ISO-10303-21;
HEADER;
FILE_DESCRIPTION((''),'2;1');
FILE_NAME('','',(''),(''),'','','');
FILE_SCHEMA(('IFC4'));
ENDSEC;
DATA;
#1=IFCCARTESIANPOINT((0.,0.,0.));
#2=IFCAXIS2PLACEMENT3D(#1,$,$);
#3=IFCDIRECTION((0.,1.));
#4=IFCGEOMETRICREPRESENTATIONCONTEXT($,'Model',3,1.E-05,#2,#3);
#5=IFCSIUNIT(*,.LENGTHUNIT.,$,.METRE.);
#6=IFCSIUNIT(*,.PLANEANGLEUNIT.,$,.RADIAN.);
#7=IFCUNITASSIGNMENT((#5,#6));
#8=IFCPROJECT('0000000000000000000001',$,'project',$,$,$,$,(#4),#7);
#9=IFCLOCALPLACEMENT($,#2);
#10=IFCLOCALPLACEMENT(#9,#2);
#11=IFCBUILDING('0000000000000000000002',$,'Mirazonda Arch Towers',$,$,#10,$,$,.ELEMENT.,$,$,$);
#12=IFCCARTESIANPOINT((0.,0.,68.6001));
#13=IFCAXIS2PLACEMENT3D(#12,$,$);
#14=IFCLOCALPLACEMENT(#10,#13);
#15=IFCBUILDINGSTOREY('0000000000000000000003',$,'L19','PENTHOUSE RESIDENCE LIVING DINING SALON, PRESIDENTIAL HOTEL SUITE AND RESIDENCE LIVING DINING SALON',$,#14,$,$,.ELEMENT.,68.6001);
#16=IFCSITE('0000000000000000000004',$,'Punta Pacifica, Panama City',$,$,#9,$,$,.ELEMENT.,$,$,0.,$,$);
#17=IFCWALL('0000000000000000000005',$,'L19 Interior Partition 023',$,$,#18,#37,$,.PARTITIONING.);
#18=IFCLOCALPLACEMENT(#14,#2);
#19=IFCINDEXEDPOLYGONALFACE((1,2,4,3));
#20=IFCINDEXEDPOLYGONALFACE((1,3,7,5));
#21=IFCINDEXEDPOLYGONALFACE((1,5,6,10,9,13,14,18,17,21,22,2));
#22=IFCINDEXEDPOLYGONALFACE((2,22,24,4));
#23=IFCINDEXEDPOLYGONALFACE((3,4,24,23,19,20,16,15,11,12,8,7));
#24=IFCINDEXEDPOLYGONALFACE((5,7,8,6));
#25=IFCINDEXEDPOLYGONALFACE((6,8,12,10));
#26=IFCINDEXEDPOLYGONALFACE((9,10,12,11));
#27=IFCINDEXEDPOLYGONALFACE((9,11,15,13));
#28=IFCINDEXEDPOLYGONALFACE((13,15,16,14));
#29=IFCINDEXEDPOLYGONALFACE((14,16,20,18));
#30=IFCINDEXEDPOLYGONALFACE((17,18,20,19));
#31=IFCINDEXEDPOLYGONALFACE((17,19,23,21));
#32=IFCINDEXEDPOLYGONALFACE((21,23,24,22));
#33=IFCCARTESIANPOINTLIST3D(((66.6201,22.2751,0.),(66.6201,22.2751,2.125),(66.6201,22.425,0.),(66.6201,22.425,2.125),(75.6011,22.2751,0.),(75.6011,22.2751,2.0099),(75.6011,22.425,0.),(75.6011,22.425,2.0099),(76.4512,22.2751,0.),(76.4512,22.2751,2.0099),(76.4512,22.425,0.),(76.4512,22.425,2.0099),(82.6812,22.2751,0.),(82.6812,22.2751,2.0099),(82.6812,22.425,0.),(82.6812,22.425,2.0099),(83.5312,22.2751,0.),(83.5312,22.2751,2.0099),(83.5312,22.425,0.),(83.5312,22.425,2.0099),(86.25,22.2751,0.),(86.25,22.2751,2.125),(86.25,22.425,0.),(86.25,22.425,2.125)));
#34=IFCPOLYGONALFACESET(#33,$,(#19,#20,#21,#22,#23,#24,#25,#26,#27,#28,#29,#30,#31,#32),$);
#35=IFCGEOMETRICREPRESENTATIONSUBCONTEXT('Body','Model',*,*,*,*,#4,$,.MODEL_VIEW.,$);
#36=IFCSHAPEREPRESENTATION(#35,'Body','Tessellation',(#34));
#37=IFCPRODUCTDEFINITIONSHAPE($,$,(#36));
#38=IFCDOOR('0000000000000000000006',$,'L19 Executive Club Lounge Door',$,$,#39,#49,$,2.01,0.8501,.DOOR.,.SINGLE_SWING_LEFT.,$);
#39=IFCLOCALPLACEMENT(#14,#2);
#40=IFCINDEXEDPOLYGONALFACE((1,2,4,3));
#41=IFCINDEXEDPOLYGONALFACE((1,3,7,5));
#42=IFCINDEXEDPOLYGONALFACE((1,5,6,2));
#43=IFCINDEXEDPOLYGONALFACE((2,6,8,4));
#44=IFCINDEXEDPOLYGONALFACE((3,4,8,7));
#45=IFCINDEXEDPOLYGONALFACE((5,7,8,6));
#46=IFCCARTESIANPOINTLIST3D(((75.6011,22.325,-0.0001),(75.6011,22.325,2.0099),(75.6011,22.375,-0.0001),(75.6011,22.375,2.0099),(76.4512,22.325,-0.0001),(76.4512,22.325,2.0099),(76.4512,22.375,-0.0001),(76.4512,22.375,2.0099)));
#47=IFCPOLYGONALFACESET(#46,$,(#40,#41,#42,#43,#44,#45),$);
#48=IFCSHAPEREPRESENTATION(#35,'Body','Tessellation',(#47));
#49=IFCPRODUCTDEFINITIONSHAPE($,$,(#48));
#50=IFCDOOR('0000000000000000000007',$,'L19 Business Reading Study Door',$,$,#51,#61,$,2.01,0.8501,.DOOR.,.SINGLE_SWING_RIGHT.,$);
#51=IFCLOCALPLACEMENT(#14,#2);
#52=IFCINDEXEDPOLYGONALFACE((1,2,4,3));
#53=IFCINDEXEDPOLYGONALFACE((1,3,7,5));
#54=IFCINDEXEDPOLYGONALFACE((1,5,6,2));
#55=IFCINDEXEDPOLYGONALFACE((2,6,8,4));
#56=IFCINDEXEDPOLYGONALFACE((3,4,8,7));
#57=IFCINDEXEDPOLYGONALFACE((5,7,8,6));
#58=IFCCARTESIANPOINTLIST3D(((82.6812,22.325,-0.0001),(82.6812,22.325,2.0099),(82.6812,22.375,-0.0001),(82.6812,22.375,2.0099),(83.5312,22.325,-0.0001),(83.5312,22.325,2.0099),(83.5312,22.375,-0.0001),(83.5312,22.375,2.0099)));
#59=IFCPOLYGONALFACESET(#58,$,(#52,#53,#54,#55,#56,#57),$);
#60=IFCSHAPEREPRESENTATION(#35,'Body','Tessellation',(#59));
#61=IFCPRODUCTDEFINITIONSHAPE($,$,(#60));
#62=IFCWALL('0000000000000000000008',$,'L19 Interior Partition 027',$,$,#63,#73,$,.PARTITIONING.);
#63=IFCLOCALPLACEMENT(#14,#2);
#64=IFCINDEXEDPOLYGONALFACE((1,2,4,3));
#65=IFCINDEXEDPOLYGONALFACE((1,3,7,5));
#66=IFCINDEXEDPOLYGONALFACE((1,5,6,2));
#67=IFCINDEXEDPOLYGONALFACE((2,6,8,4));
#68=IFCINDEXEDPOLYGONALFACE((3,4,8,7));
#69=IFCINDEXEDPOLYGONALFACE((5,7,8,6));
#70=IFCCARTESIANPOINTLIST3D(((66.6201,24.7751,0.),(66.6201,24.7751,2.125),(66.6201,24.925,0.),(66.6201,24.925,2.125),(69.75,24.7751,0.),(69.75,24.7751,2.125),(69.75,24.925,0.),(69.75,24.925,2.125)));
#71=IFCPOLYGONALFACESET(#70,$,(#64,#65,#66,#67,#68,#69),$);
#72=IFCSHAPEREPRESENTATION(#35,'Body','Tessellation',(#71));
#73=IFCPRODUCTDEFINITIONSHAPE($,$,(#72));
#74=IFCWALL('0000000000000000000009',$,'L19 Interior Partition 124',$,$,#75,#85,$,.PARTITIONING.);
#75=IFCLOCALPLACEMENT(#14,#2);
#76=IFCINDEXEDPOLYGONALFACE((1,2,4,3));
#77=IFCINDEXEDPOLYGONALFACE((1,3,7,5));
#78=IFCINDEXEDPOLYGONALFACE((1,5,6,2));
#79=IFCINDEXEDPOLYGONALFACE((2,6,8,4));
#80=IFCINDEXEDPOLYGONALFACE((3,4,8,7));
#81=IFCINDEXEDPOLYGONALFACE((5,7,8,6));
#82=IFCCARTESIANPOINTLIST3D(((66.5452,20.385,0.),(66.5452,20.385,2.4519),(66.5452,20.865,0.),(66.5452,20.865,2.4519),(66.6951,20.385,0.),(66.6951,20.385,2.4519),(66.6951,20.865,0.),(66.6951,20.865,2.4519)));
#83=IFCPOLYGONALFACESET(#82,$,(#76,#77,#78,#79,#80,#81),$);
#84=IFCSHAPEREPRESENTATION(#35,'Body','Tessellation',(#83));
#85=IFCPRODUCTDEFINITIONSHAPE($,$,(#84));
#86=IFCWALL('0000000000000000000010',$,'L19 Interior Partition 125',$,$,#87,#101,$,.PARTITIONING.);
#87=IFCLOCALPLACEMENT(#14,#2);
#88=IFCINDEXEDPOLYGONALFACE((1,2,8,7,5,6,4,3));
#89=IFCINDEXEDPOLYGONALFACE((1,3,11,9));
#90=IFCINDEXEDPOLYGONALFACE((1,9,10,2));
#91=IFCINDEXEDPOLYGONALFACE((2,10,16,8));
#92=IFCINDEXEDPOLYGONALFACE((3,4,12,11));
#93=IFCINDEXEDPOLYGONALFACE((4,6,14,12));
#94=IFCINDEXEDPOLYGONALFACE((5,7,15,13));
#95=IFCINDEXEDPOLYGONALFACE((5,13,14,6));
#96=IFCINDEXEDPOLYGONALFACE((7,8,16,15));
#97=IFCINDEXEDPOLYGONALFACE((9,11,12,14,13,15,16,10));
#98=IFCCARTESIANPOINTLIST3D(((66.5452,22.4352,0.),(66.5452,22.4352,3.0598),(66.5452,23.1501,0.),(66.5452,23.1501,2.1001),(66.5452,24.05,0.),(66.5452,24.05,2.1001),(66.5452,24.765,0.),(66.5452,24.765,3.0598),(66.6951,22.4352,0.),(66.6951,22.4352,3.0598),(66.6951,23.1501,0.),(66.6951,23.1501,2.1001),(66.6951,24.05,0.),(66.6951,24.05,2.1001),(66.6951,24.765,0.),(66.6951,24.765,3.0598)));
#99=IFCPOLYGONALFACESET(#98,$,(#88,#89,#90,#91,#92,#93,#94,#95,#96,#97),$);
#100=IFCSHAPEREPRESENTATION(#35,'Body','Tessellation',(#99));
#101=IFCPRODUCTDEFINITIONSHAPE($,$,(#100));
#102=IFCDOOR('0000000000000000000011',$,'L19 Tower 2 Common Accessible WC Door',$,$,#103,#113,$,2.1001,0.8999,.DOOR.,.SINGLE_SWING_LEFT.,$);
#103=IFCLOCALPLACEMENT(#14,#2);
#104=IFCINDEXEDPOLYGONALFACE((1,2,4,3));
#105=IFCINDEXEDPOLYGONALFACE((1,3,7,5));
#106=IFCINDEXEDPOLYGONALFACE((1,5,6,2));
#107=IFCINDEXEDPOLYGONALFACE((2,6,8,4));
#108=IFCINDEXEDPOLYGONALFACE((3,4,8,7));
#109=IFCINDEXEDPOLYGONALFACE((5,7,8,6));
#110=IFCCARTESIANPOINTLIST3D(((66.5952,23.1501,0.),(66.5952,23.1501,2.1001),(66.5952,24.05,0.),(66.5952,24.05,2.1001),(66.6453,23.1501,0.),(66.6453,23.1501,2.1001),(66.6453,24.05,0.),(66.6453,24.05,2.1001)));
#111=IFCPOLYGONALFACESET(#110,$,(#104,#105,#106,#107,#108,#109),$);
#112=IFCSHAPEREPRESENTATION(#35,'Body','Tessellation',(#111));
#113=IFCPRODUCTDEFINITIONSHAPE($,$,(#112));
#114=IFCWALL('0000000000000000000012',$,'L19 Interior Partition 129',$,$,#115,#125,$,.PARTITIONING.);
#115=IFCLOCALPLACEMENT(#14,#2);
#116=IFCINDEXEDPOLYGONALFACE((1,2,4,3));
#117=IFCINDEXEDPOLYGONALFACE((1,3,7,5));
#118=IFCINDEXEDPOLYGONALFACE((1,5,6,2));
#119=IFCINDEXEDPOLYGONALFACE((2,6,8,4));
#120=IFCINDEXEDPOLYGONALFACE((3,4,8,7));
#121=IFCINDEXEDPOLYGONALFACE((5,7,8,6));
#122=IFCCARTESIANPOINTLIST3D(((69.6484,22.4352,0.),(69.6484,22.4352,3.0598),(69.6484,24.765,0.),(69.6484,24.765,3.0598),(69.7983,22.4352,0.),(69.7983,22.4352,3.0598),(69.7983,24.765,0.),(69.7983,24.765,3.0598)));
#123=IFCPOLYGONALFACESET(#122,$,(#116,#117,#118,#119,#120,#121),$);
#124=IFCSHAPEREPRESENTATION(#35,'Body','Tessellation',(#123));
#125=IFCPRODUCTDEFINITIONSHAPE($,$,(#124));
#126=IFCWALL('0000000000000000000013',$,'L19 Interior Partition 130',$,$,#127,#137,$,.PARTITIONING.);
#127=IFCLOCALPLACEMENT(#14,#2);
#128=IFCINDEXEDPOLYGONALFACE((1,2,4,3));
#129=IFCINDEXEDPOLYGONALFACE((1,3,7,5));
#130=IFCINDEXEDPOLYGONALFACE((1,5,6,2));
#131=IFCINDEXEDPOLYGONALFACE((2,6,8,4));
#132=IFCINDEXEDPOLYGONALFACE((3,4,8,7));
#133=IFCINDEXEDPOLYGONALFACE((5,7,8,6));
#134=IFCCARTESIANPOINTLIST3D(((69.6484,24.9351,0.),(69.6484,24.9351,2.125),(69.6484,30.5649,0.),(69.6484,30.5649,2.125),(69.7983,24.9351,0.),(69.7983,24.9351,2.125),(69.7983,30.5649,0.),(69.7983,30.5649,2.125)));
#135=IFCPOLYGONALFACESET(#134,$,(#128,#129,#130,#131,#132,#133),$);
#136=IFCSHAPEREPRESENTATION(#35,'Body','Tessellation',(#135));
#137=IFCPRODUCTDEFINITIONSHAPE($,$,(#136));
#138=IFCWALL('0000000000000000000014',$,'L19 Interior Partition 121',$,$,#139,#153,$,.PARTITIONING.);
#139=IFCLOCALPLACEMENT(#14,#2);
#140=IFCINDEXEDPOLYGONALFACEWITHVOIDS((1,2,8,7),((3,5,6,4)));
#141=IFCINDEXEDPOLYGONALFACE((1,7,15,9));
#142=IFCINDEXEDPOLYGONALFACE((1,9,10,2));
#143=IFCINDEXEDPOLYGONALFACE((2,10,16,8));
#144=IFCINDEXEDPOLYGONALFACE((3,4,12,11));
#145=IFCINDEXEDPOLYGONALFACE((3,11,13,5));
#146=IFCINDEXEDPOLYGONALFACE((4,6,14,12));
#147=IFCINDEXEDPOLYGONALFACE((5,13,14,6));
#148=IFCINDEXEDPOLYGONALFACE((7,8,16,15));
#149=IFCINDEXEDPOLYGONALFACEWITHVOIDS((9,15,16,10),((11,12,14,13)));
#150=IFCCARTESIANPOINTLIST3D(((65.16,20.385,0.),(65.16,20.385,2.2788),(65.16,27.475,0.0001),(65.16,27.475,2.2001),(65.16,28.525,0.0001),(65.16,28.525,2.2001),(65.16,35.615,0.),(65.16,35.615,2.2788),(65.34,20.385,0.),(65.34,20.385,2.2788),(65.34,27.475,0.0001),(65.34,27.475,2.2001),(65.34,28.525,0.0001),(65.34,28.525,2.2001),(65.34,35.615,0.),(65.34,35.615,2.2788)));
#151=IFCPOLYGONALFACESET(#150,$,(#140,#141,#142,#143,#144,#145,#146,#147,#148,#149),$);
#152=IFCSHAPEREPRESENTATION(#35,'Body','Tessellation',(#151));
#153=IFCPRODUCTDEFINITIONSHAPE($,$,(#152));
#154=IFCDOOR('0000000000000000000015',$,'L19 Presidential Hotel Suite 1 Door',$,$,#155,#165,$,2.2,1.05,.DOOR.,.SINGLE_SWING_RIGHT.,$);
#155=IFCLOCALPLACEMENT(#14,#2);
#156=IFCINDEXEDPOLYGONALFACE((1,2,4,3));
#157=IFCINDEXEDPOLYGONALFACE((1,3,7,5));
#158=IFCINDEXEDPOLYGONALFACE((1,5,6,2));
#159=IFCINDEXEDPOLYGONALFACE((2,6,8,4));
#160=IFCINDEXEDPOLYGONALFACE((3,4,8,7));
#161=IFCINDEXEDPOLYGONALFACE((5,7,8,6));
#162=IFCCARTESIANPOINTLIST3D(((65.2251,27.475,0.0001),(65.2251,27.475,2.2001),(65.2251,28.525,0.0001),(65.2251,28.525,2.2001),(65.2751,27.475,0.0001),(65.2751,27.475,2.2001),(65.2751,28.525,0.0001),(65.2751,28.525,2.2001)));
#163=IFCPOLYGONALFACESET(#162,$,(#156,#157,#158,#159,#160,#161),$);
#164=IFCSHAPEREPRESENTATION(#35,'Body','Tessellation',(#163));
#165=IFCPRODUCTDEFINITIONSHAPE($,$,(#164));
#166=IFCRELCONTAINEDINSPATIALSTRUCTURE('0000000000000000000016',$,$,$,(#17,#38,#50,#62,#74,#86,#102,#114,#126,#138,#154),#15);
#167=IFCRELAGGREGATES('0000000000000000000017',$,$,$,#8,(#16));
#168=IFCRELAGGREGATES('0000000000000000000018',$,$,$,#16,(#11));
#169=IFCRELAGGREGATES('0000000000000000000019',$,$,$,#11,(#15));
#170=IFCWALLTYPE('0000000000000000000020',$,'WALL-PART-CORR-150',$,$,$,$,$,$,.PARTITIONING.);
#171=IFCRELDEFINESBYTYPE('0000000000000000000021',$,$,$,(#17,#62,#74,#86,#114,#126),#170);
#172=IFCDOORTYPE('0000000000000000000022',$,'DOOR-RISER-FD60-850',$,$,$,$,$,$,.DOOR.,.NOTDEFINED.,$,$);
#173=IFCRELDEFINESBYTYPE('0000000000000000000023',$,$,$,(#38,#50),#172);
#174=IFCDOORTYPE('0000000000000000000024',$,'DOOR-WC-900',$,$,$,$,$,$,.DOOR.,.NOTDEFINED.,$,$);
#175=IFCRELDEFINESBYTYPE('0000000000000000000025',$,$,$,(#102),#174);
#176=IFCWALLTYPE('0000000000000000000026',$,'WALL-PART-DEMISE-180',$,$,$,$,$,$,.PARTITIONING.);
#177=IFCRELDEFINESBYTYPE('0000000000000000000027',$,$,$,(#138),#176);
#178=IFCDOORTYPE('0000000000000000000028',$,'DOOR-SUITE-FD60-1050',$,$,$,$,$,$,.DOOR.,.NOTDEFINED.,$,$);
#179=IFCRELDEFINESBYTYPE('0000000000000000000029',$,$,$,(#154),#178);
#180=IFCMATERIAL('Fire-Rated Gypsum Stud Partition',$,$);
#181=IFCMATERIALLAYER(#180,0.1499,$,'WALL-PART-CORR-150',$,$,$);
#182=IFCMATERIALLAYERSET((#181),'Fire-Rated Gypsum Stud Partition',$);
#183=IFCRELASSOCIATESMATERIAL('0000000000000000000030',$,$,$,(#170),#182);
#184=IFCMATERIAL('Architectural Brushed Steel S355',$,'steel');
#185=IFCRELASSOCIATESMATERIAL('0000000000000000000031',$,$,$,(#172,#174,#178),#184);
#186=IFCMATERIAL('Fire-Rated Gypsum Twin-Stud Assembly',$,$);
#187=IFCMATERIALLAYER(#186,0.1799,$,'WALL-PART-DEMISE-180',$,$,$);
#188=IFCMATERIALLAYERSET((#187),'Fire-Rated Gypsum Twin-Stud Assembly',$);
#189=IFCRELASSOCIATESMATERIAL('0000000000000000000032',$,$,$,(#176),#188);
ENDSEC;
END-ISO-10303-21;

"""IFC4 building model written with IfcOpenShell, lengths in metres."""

from ifc_helpers import new_model, si_unit, direction, frame, frame_2d, origin, place, context, subcontext, project, spatial, rectangle, extrude, material, layer, layer_set, type_object, element, fill, save


model = new_model("IFC4")

# Units and contexts
model_context = context("Model", 3, precision=1e-05, world=origin(), true_north=direction((0.0, 1.0)))
body_context = subcontext(model_context, "Body", "Model", "MODEL_VIEW")
ifc_project = project(units=[si_unit("LENGTHUNIT", "METRE"), si_unit("PLANEANGLEUNIT", "RADIAN")], contexts=[model_context])

# Site, building, storey
site_placement = place(None, origin())
site = spatial("IfcSite", under=ifc_project, at=site_placement, Name="Punta Pacifica, Panama City", CompositionType="ELEMENT", RefElevation=0.0)
building_placement = place(site_placement, origin())
building = spatial("IfcBuilding", under=site, at=building_placement, Name="Mirazonda Arch Towers", CompositionType="ELEMENT")
storey_placement = place(building_placement, frame((0.0, 0.0, 68.6001)))
storey = spatial("IfcBuildingStorey", under=building, at=storey_placement, Name="L19", Description="PENTHOUSE RESIDENCE LIVING DINING SALON, PRESIDENTIAL HOTEL SUITE AND RESIDENCE LIVING DINING SALON", CompositionType="ELEMENT", Elevation=68.6001)

# Shared definitions
ifc_material_1 = material(Name="Architectural Brushed Steel S355", Category="steel")

# Shared definitions
ifc_material_2 = material(Name="Fire-Rated Gypsum Stud Partition")
ifc_layer_1 = layer(ifc_material_2, 0.1499, Name="WALL-PART-CORR-150")
ifc_layer_set_1 = layer_set([ifc_layer_1], Name="Fire-Rated Gypsum Stud Partition")
wall_type_1 = type_object("IfcWallType", Name="WALL-PART-CORR-150", PredefinedType="PARTITIONING", material=ifc_layer_set_1)

# Wall, openings, doors
wall_1_placement = place(storey_placement, frame((66.6201, 22.3501, 0.0), z_axis=(0.0, 0.0, 1.0), x_axis=(1.0, 0.0, 0.0)))
wall_1 = element("IfcWall", 1, at=wall_1_placement, inside=storey, type_object=wall_type_1, Name="L19 Interior Partition 023", PredefinedType="PARTITIONING", context=body_context, shape_type="SweptSolid", body=[
    extrude(rectangle(XDim=19.6299, YDim=0.1499, at=frame_2d((9.8149, 0.0))), origin(), (0.0, 0.0, 1.0), 2.125),
])
opening_1_placement = place(wall_1_placement, frame((8.981, 0.0, 0.0)))
opening_1 = element("IfcOpeningElement", 2, at=opening_1_placement, cuts=wall_1, PredefinedType="OPENING", context=body_context, shape_type="SweptSolid", body=[
    extrude(rectangle(XDim=0.8501, YDim=2.01, at=frame_2d((0.425, 1.0049))), frame((0.0, 0.085, 0.0), z_axis=(0.0, -1.0, 0.0), x_axis=(1.0, 0.0, 0.0)), (0.0, 0.0, 1.0), 0.1699),
])
opening_2_placement = place(wall_1_placement, frame((16.061, 0.0, 0.0)))
opening_2 = element("IfcOpeningElement", 3, at=opening_2_placement, cuts=wall_1, PredefinedType="OPENING", context=body_context, shape_type="SweptSolid", body=[
    extrude(rectangle(XDim=0.8501, YDim=2.01, at=frame_2d((0.425, 1.0049))), frame((0.0, 0.085, 0.0), z_axis=(0.0, -1.0, 0.0), x_axis=(1.0, 0.0, 0.0)), (0.0, 0.0, 1.0), 0.1699),
])
door_type_1 = type_object("IfcDoorType", Name="DOOR-RISER-FD60-850", OperationType="NOTDEFINED", PredefinedType="DOOR", material=ifc_material_1)
door_1_placement = place(opening_1_placement, origin())
door_1 = element("IfcDoor", 4, at=door_1_placement, inside=storey, type_object=door_type_1, Name="L19 Executive Club Lounge Door", OperationType="SINGLE_SWING_LEFT", OverallHeight=2.01, OverallWidth=0.8501, PredefinedType="DOOR", context=body_context, shape_type="SweptSolid", body=[
    extrude(rectangle(XDim=0.8501, YDim=2.01, at=frame_2d((0.425, 1.0049))), frame((0.0, 0.0249, 0.0), z_axis=(0.0, -1.0, 0.0), x_axis=(1.0, 0.0, 0.0)), (0.0, 0.0, 1.0), 0.05),
])
fill(opening_1, door_1)
door_2_placement = place(opening_2_placement, origin())
door_2 = element("IfcDoor", 5, at=door_2_placement, inside=storey, type_object=door_type_1, Name="L19 Business Reading Study Door", OperationType="SINGLE_SWING_RIGHT", OverallHeight=2.01, OverallWidth=0.8501, PredefinedType="DOOR", context=body_context, shape_type="SweptSolid", body=[
    extrude(rectangle(XDim=0.8501, YDim=2.01, at=frame_2d((0.425, 1.0049))), frame((0.0, 0.0249, 0.0), z_axis=(0.0, -1.0, 0.0), x_axis=(1.0, 0.0, 0.0)), (0.0, 0.0, 1.0), 0.05),
])
fill(opening_2, door_2)

# Walls
wall_2_placement = place(storey_placement, frame((66.6201, 24.8501, 0.0), z_axis=(0.0, 0.0, 1.0), x_axis=(1.0, 0.0, 0.0)))
element("IfcWall", 6, at=wall_2_placement, inside=storey, type_object=wall_type_1, Name="L19 Interior Partition 027", PredefinedType="PARTITIONING", context=body_context, shape_type="SweptSolid", body=[
    extrude(rectangle(XDim=3.1299, YDim=0.1499, at=frame_2d((1.5649, 0.0))), origin(), (0.0, 0.0, 1.0), 2.125),
])
wall_3_placement = place(storey_placement, frame((66.6201, 20.385, 0.0), z_axis=(0.0, 0.0, 1.0), x_axis=(0.0, 1.0, 0.0)))
element("IfcWall", 7, at=wall_3_placement, inside=storey, type_object=wall_type_1, Name="L19 Interior Partition 124", PredefinedType="PARTITIONING", context=body_context, shape_type="SweptSolid", body=[
    extrude(rectangle(XDim=0.48, YDim=0.1499, at=frame_2d((0.24, 0.0))), origin(), (0.0, 0.0, 1.0), 2.4519),
])

# Wall, opening, door
wall_4_placement = place(storey_placement, frame((66.6201, 22.4351, 0.0), z_axis=(0.0, 0.0, 1.0), x_axis=(0.0, 1.0, 0.0)))
wall_4 = element("IfcWall", 8, at=wall_4_placement, inside=storey, type_object=wall_type_1, Name="L19 Interior Partition 125", PredefinedType="PARTITIONING", context=body_context, shape_type="SweptSolid", body=[
    extrude(rectangle(XDim=2.3298, YDim=0.1499, at=frame_2d((1.165, 0.0))), origin(), (0.0, 0.0, 1.0), 3.0598),
])
opening_3_placement = place(wall_4_placement, frame((0.7151, 0.0, 0.0)))
opening_3 = element("IfcOpeningElement", 9, at=opening_3_placement, cuts=wall_4, PredefinedType="OPENING", context=body_context, shape_type="SweptSolid", body=[
    extrude(rectangle(XDim=0.8999, YDim=2.1001, at=frame_2d((0.45, 1.05))), frame((0.0, 0.085, 0.0), z_axis=(0.0, -1.0, 0.0), x_axis=(1.0, 0.0, 0.0)), (0.0, 0.0, 1.0), 0.1699),
])
door_type_2 = type_object("IfcDoorType", Name="DOOR-WC-900", OperationType="NOTDEFINED", PredefinedType="DOOR", material=ifc_material_1)
door_3_placement = place(opening_3_placement, origin())
door_3 = element("IfcDoor", 10, at=door_3_placement, inside=storey, type_object=door_type_2, Name="L19 Tower 2 Common Accessible WC Door", OperationType="SINGLE_SWING_LEFT", OverallHeight=2.1001, OverallWidth=0.8999, PredefinedType="DOOR", context=body_context, shape_type="SweptSolid", body=[
    extrude(rectangle(XDim=0.8999, YDim=2.1001, at=frame_2d((0.45, 1.05))), frame((0.0, 0.0249, 0.0), z_axis=(0.0, -1.0, 0.0), x_axis=(1.0, 0.0, 0.0)), (0.0, 0.0, 1.0), 0.05),
])
fill(opening_3, door_3)

# Walls
wall_5_placement = place(storey_placement, frame((69.7234, 22.4351, 0.0), z_axis=(0.0, 0.0, 1.0), x_axis=(0.0, 1.0, 0.0)))
element("IfcWall", 11, at=wall_5_placement, inside=storey, type_object=wall_type_1, Name="L19 Interior Partition 129", PredefinedType="PARTITIONING", context=body_context, shape_type="SweptSolid", body=[
    extrude(rectangle(XDim=2.3298, YDim=0.1499, at=frame_2d((1.165, 0.0))), origin(), (0.0, 0.0, 1.0), 3.0598),
])
wall_6_placement = place(storey_placement, frame((69.7234, 24.9351, 0.0), z_axis=(0.0, 0.0, 1.0), x_axis=(0.0, 1.0, 0.0)))
element("IfcWall", 12, at=wall_6_placement, inside=storey, type_object=wall_type_1, Name="L19 Interior Partition 130", PredefinedType="PARTITIONING", context=body_context, shape_type="SweptSolid", body=[
    extrude(rectangle(XDim=5.6299, YDim=0.1499, at=frame_2d((2.8149, 0.0))), origin(), (0.0, 0.0, 1.0), 2.125),
])

# Wall, opening, door
ifc_material_3 = material(Name="Fire-Rated Gypsum Twin-Stud Assembly")
ifc_layer_2 = layer(ifc_material_3, 0.1799, Name="WALL-PART-DEMISE-180")
ifc_layer_set_2 = layer_set([ifc_layer_2], Name="Fire-Rated Gypsum Twin-Stud Assembly")
wall_type_2 = type_object("IfcWallType", Name="WALL-PART-DEMISE-180", PredefinedType="PARTITIONING", material=ifc_layer_set_2)
wall_7_placement = place(storey_placement, frame((65.25, 20.385, 0.0), z_axis=(0.0, 0.0, 1.0), x_axis=(0.0, 1.0, 0.0)))
wall_7 = element("IfcWall", 13, at=wall_7_placement, inside=storey, type_object=wall_type_2, Name="L19 Interior Partition 121", PredefinedType="PARTITIONING", context=body_context, shape_type="SweptSolid", body=[
    extrude(rectangle(XDim=15.23, YDim=0.1799, at=frame_2d((7.615, 0.0))), origin(), (0.0, 0.0, 1.0), 2.2788),
])
opening_4_placement = place(wall_7_placement, frame((7.0901, 0.0, 0.0)))
opening_4 = element("IfcOpeningElement", 14, at=opening_4_placement, cuts=wall_7, PredefinedType="OPENING", context=body_context, shape_type="SweptSolid", body=[
    extrude(rectangle(XDim=1.05, YDim=2.2, at=frame_2d((0.5249, 1.1001))), frame((0.0, 0.0999, 0.0), z_axis=(0.0, -1.0, 0.0), x_axis=(1.0, 0.0, 0.0)), (0.0, 0.0, 1.0), 0.2),
])
door_type_3 = type_object("IfcDoorType", Name="DOOR-SUITE-FD60-1050", OperationType="NOTDEFINED", PredefinedType="DOOR", material=ifc_material_1)
door_4_placement = place(opening_4_placement, origin())
door_4 = element("IfcDoor", 15, at=door_4_placement, inside=storey, type_object=door_type_3, Name="L19 Presidential Hotel Suite 1 Door", OperationType="SINGLE_SWING_RIGHT", OverallHeight=2.2, OverallWidth=1.05, PredefinedType="DOOR", context=body_context, shape_type="SweptSolid", body=[
    extrude(rectangle(XDim=1.05, YDim=2.2, at=frame_2d((0.5249, 1.1001))), frame((0.0, 0.0249, 0.0), z_axis=(0.0, -1.0, 0.0), x_axis=(1.0, 0.0, 0.0)), (0.0, 0.0, 1.0), 0.05),
])
fill(opening_4, door_4)

save(model, "model.ifc")
